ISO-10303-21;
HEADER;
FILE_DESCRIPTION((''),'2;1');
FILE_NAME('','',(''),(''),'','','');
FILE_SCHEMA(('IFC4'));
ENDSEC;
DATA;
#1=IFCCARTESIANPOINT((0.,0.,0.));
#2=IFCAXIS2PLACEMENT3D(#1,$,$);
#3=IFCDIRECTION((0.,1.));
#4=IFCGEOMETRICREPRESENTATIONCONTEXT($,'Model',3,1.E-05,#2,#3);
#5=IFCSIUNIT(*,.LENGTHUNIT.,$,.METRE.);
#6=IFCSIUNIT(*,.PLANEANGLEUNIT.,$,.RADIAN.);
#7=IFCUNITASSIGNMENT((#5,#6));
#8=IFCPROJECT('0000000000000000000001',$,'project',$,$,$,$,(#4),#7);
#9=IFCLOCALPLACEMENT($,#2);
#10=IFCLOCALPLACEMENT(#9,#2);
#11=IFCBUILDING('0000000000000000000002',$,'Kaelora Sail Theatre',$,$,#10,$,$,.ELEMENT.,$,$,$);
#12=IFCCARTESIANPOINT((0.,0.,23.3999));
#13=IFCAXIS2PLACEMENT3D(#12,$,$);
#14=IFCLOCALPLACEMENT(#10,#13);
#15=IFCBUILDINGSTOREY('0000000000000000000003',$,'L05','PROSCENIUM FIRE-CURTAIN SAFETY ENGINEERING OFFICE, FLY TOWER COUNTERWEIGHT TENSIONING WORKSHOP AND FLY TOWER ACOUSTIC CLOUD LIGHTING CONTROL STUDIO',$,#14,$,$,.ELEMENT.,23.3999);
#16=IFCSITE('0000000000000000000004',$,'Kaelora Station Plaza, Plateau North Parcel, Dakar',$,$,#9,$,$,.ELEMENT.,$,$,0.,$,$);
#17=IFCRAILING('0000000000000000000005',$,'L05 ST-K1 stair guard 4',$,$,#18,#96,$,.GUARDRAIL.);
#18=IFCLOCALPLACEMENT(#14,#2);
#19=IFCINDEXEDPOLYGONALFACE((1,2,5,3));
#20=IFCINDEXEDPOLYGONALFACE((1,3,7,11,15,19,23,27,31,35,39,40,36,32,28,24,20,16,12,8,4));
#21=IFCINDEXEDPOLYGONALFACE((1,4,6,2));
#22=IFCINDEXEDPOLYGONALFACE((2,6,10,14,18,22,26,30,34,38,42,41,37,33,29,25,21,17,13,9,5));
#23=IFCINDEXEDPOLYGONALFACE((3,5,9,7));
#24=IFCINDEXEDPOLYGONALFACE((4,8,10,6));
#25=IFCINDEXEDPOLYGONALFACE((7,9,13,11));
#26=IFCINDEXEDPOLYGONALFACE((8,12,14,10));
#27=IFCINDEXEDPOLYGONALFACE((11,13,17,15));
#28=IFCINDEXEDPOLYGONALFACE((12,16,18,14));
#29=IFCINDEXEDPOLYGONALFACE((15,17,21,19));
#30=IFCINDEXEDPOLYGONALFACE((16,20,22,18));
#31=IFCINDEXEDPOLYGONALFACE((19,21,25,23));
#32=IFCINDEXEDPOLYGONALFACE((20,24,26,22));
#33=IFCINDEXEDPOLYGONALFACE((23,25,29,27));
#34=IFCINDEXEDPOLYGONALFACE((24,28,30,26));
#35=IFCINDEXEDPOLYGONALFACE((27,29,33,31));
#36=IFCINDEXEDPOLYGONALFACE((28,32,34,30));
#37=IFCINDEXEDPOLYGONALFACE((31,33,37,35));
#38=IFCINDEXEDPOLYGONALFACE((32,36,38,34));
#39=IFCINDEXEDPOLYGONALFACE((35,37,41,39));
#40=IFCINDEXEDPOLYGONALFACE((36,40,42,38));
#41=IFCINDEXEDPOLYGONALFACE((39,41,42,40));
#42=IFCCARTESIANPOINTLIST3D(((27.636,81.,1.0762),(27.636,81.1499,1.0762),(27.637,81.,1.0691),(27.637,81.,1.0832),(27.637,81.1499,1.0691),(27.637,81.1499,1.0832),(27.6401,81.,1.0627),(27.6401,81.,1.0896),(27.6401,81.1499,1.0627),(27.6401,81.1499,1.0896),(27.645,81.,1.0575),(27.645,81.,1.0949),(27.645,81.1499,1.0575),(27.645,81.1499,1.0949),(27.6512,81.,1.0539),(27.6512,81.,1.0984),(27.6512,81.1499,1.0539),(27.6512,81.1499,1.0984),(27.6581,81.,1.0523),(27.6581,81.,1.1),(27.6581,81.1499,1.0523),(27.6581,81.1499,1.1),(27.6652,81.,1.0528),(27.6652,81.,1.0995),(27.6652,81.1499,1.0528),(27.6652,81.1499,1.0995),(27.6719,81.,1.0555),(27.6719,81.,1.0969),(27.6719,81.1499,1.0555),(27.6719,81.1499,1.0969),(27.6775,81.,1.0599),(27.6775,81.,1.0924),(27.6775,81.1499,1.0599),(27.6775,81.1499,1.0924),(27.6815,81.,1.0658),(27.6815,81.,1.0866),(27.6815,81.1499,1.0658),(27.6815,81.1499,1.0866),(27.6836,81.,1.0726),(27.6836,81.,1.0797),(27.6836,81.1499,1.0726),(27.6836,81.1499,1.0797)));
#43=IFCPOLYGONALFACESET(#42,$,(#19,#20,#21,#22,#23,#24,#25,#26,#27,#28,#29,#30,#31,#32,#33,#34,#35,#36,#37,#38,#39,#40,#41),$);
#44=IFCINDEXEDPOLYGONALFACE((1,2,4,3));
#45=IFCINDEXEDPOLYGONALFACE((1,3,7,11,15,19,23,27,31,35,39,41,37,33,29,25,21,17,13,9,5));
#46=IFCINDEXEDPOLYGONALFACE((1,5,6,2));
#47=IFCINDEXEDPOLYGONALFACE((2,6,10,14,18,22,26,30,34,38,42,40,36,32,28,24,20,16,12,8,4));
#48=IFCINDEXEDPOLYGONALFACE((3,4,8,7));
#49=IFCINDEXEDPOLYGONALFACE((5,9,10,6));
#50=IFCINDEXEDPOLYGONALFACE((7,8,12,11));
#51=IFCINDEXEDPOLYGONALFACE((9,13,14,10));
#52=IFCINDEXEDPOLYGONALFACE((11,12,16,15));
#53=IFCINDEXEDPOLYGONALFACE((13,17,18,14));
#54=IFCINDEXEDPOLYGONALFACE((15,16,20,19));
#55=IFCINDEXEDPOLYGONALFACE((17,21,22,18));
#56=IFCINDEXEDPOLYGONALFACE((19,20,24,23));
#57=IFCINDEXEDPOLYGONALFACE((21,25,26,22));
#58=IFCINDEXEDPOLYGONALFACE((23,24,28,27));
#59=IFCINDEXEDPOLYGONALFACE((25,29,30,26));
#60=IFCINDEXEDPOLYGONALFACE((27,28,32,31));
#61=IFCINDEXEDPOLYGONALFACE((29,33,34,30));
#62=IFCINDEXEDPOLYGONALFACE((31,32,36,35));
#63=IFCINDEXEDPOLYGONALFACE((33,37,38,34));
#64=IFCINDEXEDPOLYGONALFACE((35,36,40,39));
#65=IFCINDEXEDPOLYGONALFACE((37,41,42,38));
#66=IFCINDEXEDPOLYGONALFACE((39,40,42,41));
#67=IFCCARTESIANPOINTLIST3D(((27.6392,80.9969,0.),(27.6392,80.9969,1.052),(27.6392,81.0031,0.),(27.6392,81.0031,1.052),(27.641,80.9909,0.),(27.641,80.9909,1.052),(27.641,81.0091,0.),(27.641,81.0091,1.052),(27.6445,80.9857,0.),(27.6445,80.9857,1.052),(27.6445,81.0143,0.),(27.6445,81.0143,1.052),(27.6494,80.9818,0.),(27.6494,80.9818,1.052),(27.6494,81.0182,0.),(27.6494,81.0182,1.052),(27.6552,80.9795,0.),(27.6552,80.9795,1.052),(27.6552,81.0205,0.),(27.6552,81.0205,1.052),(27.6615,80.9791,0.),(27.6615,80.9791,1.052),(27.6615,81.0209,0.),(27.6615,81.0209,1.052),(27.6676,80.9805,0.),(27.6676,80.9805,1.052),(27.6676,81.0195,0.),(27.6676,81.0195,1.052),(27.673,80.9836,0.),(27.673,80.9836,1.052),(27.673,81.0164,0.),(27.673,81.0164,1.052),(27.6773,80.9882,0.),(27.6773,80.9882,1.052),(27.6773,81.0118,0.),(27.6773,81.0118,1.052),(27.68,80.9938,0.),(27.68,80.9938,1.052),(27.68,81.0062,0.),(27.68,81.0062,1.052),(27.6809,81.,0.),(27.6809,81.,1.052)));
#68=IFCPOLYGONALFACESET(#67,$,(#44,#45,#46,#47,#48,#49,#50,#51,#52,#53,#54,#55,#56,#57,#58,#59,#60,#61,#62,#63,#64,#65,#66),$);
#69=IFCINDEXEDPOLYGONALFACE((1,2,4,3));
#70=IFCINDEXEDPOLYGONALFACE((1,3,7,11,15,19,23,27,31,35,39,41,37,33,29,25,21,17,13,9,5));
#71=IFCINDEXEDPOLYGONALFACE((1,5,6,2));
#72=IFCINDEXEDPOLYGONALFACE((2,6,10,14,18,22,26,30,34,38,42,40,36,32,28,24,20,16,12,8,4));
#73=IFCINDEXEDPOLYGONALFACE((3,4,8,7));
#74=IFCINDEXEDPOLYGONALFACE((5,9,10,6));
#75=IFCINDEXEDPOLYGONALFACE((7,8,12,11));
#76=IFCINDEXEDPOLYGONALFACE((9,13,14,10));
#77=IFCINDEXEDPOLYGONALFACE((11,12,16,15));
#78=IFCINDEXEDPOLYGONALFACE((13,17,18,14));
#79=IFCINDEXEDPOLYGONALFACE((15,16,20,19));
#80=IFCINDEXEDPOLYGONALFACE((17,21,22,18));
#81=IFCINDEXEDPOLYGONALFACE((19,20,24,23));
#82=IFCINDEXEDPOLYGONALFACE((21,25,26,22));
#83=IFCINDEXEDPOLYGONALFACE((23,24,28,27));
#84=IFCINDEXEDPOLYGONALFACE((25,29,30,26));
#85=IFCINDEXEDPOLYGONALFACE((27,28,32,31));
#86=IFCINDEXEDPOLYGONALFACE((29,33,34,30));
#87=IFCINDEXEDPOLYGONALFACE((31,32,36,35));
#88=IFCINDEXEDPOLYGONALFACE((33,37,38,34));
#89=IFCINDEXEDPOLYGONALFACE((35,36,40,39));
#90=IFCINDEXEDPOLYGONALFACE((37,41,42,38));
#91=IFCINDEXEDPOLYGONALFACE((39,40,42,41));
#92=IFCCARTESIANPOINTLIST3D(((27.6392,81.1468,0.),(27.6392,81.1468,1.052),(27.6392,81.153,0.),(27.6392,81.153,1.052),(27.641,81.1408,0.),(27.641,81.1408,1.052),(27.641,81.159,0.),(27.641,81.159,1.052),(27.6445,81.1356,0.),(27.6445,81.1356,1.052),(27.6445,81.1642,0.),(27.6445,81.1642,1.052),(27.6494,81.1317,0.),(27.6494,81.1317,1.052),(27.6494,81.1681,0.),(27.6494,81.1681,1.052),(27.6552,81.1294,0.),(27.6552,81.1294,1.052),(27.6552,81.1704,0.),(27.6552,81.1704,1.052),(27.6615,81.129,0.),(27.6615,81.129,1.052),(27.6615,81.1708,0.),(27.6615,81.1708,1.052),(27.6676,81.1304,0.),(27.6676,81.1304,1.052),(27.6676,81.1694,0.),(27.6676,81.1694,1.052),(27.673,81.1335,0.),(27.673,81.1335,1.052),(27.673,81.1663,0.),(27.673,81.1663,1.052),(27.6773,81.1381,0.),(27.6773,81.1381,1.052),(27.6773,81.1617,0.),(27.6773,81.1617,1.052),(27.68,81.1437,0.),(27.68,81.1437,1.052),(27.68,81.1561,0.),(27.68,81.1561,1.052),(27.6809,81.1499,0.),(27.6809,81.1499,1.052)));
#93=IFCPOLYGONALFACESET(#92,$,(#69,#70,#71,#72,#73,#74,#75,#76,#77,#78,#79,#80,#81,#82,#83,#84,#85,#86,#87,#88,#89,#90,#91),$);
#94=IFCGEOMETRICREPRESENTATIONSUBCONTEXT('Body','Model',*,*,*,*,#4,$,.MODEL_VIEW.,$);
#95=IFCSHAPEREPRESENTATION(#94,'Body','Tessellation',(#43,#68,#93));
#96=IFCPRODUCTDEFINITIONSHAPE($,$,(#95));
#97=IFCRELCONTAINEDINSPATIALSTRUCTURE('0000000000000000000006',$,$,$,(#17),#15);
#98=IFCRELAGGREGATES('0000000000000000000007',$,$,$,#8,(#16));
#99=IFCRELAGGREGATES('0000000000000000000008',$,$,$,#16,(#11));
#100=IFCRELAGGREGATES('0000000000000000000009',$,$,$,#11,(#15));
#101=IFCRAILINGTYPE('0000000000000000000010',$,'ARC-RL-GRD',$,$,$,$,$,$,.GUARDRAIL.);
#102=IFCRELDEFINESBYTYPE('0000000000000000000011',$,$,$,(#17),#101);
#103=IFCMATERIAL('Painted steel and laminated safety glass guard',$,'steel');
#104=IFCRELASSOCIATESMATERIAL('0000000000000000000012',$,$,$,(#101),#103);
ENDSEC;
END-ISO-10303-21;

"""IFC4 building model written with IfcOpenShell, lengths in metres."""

from ifc_helpers import new_model, si_unit, direction, frame, origin, origin_2d, place, context, subcontext, project, spatial, circle, extrude, material, type_object, element, save


model = new_model("IFC4")

# Units and contexts
model_context = context("Model", 3, precision=1e-05, world=origin(), true_north=direction((0.0, 1.0)))
body_context = subcontext(model_context, "Body", "Model", "MODEL_VIEW")
ifc_project = project(units=[si_unit("LENGTHUNIT", "METRE"), si_unit("PLANEANGLEUNIT", "RADIAN")], contexts=[model_context])

# Site, building, storey
site_placement = place(None, origin())
site = spatial("IfcSite", under=ifc_project, at=site_placement, Name="Kaelora Station Plaza, Plateau North Parcel, Dakar", CompositionType="ELEMENT", RefElevation=0.0)
building_placement = place(site_placement, origin())
building = spatial("IfcBuilding", under=site, at=building_placement, Name="Kaelora Sail Theatre", CompositionType="ELEMENT")
storey_placement = place(building_placement, frame((0.0, 0.0, 23.3999)))
storey = spatial("IfcBuildingStorey", under=building, at=storey_placement, Name="L05", Description="PROSCENIUM FIRE-CURTAIN SAFETY ENGINEERING OFFICE, FLY TOWER COUNTERWEIGHT TENSIONING WORKSHOP AND FLY TOWER ACOUSTIC CLOUD LIGHTING CONTROL STUDIO", CompositionType="ELEMENT", Elevation=23.3999)

# Railing
ifc_material_1 = material(Name="Painted steel and laminated safety glass guard", Category="steel")
railing_type_1 = type_object("IfcRailingType", Name="ARC-RL-GRD", PredefinedType="GUARDRAIL", material=ifc_material_1)
railing_1_placement = place(storey_placement, frame((27.6599, 81.0, 0.0)))
element("IfcRailing", 1, at=railing_1_placement, inside=storey, type_object=railing_type_1, Name="L05 ST-K1 stair guard 4", PredefinedType="GUARDRAIL", context=body_context, shape_type="SweptSolid", body=[
    extrude(circle(Radius=0.0239, at=origin_2d()), frame((0.0, 0.0, 1.0762), z_axis=(0.0, 1.0, 0.0), x_axis=(-1.0, 0.0, 0.0)), (0.0, 0.0, 1.0), 0.1499),
    extrude(circle(Radius=0.021, at=origin_2d()), origin(), (0.0, 0.0, 1.0), 1.052),
    extrude(circle(Radius=0.021, at=origin_2d()), frame((0.0, 0.1499, 0.0)), (0.0, 0.0, 1.0), 1.052),
])

save(model, "model.ifc")
